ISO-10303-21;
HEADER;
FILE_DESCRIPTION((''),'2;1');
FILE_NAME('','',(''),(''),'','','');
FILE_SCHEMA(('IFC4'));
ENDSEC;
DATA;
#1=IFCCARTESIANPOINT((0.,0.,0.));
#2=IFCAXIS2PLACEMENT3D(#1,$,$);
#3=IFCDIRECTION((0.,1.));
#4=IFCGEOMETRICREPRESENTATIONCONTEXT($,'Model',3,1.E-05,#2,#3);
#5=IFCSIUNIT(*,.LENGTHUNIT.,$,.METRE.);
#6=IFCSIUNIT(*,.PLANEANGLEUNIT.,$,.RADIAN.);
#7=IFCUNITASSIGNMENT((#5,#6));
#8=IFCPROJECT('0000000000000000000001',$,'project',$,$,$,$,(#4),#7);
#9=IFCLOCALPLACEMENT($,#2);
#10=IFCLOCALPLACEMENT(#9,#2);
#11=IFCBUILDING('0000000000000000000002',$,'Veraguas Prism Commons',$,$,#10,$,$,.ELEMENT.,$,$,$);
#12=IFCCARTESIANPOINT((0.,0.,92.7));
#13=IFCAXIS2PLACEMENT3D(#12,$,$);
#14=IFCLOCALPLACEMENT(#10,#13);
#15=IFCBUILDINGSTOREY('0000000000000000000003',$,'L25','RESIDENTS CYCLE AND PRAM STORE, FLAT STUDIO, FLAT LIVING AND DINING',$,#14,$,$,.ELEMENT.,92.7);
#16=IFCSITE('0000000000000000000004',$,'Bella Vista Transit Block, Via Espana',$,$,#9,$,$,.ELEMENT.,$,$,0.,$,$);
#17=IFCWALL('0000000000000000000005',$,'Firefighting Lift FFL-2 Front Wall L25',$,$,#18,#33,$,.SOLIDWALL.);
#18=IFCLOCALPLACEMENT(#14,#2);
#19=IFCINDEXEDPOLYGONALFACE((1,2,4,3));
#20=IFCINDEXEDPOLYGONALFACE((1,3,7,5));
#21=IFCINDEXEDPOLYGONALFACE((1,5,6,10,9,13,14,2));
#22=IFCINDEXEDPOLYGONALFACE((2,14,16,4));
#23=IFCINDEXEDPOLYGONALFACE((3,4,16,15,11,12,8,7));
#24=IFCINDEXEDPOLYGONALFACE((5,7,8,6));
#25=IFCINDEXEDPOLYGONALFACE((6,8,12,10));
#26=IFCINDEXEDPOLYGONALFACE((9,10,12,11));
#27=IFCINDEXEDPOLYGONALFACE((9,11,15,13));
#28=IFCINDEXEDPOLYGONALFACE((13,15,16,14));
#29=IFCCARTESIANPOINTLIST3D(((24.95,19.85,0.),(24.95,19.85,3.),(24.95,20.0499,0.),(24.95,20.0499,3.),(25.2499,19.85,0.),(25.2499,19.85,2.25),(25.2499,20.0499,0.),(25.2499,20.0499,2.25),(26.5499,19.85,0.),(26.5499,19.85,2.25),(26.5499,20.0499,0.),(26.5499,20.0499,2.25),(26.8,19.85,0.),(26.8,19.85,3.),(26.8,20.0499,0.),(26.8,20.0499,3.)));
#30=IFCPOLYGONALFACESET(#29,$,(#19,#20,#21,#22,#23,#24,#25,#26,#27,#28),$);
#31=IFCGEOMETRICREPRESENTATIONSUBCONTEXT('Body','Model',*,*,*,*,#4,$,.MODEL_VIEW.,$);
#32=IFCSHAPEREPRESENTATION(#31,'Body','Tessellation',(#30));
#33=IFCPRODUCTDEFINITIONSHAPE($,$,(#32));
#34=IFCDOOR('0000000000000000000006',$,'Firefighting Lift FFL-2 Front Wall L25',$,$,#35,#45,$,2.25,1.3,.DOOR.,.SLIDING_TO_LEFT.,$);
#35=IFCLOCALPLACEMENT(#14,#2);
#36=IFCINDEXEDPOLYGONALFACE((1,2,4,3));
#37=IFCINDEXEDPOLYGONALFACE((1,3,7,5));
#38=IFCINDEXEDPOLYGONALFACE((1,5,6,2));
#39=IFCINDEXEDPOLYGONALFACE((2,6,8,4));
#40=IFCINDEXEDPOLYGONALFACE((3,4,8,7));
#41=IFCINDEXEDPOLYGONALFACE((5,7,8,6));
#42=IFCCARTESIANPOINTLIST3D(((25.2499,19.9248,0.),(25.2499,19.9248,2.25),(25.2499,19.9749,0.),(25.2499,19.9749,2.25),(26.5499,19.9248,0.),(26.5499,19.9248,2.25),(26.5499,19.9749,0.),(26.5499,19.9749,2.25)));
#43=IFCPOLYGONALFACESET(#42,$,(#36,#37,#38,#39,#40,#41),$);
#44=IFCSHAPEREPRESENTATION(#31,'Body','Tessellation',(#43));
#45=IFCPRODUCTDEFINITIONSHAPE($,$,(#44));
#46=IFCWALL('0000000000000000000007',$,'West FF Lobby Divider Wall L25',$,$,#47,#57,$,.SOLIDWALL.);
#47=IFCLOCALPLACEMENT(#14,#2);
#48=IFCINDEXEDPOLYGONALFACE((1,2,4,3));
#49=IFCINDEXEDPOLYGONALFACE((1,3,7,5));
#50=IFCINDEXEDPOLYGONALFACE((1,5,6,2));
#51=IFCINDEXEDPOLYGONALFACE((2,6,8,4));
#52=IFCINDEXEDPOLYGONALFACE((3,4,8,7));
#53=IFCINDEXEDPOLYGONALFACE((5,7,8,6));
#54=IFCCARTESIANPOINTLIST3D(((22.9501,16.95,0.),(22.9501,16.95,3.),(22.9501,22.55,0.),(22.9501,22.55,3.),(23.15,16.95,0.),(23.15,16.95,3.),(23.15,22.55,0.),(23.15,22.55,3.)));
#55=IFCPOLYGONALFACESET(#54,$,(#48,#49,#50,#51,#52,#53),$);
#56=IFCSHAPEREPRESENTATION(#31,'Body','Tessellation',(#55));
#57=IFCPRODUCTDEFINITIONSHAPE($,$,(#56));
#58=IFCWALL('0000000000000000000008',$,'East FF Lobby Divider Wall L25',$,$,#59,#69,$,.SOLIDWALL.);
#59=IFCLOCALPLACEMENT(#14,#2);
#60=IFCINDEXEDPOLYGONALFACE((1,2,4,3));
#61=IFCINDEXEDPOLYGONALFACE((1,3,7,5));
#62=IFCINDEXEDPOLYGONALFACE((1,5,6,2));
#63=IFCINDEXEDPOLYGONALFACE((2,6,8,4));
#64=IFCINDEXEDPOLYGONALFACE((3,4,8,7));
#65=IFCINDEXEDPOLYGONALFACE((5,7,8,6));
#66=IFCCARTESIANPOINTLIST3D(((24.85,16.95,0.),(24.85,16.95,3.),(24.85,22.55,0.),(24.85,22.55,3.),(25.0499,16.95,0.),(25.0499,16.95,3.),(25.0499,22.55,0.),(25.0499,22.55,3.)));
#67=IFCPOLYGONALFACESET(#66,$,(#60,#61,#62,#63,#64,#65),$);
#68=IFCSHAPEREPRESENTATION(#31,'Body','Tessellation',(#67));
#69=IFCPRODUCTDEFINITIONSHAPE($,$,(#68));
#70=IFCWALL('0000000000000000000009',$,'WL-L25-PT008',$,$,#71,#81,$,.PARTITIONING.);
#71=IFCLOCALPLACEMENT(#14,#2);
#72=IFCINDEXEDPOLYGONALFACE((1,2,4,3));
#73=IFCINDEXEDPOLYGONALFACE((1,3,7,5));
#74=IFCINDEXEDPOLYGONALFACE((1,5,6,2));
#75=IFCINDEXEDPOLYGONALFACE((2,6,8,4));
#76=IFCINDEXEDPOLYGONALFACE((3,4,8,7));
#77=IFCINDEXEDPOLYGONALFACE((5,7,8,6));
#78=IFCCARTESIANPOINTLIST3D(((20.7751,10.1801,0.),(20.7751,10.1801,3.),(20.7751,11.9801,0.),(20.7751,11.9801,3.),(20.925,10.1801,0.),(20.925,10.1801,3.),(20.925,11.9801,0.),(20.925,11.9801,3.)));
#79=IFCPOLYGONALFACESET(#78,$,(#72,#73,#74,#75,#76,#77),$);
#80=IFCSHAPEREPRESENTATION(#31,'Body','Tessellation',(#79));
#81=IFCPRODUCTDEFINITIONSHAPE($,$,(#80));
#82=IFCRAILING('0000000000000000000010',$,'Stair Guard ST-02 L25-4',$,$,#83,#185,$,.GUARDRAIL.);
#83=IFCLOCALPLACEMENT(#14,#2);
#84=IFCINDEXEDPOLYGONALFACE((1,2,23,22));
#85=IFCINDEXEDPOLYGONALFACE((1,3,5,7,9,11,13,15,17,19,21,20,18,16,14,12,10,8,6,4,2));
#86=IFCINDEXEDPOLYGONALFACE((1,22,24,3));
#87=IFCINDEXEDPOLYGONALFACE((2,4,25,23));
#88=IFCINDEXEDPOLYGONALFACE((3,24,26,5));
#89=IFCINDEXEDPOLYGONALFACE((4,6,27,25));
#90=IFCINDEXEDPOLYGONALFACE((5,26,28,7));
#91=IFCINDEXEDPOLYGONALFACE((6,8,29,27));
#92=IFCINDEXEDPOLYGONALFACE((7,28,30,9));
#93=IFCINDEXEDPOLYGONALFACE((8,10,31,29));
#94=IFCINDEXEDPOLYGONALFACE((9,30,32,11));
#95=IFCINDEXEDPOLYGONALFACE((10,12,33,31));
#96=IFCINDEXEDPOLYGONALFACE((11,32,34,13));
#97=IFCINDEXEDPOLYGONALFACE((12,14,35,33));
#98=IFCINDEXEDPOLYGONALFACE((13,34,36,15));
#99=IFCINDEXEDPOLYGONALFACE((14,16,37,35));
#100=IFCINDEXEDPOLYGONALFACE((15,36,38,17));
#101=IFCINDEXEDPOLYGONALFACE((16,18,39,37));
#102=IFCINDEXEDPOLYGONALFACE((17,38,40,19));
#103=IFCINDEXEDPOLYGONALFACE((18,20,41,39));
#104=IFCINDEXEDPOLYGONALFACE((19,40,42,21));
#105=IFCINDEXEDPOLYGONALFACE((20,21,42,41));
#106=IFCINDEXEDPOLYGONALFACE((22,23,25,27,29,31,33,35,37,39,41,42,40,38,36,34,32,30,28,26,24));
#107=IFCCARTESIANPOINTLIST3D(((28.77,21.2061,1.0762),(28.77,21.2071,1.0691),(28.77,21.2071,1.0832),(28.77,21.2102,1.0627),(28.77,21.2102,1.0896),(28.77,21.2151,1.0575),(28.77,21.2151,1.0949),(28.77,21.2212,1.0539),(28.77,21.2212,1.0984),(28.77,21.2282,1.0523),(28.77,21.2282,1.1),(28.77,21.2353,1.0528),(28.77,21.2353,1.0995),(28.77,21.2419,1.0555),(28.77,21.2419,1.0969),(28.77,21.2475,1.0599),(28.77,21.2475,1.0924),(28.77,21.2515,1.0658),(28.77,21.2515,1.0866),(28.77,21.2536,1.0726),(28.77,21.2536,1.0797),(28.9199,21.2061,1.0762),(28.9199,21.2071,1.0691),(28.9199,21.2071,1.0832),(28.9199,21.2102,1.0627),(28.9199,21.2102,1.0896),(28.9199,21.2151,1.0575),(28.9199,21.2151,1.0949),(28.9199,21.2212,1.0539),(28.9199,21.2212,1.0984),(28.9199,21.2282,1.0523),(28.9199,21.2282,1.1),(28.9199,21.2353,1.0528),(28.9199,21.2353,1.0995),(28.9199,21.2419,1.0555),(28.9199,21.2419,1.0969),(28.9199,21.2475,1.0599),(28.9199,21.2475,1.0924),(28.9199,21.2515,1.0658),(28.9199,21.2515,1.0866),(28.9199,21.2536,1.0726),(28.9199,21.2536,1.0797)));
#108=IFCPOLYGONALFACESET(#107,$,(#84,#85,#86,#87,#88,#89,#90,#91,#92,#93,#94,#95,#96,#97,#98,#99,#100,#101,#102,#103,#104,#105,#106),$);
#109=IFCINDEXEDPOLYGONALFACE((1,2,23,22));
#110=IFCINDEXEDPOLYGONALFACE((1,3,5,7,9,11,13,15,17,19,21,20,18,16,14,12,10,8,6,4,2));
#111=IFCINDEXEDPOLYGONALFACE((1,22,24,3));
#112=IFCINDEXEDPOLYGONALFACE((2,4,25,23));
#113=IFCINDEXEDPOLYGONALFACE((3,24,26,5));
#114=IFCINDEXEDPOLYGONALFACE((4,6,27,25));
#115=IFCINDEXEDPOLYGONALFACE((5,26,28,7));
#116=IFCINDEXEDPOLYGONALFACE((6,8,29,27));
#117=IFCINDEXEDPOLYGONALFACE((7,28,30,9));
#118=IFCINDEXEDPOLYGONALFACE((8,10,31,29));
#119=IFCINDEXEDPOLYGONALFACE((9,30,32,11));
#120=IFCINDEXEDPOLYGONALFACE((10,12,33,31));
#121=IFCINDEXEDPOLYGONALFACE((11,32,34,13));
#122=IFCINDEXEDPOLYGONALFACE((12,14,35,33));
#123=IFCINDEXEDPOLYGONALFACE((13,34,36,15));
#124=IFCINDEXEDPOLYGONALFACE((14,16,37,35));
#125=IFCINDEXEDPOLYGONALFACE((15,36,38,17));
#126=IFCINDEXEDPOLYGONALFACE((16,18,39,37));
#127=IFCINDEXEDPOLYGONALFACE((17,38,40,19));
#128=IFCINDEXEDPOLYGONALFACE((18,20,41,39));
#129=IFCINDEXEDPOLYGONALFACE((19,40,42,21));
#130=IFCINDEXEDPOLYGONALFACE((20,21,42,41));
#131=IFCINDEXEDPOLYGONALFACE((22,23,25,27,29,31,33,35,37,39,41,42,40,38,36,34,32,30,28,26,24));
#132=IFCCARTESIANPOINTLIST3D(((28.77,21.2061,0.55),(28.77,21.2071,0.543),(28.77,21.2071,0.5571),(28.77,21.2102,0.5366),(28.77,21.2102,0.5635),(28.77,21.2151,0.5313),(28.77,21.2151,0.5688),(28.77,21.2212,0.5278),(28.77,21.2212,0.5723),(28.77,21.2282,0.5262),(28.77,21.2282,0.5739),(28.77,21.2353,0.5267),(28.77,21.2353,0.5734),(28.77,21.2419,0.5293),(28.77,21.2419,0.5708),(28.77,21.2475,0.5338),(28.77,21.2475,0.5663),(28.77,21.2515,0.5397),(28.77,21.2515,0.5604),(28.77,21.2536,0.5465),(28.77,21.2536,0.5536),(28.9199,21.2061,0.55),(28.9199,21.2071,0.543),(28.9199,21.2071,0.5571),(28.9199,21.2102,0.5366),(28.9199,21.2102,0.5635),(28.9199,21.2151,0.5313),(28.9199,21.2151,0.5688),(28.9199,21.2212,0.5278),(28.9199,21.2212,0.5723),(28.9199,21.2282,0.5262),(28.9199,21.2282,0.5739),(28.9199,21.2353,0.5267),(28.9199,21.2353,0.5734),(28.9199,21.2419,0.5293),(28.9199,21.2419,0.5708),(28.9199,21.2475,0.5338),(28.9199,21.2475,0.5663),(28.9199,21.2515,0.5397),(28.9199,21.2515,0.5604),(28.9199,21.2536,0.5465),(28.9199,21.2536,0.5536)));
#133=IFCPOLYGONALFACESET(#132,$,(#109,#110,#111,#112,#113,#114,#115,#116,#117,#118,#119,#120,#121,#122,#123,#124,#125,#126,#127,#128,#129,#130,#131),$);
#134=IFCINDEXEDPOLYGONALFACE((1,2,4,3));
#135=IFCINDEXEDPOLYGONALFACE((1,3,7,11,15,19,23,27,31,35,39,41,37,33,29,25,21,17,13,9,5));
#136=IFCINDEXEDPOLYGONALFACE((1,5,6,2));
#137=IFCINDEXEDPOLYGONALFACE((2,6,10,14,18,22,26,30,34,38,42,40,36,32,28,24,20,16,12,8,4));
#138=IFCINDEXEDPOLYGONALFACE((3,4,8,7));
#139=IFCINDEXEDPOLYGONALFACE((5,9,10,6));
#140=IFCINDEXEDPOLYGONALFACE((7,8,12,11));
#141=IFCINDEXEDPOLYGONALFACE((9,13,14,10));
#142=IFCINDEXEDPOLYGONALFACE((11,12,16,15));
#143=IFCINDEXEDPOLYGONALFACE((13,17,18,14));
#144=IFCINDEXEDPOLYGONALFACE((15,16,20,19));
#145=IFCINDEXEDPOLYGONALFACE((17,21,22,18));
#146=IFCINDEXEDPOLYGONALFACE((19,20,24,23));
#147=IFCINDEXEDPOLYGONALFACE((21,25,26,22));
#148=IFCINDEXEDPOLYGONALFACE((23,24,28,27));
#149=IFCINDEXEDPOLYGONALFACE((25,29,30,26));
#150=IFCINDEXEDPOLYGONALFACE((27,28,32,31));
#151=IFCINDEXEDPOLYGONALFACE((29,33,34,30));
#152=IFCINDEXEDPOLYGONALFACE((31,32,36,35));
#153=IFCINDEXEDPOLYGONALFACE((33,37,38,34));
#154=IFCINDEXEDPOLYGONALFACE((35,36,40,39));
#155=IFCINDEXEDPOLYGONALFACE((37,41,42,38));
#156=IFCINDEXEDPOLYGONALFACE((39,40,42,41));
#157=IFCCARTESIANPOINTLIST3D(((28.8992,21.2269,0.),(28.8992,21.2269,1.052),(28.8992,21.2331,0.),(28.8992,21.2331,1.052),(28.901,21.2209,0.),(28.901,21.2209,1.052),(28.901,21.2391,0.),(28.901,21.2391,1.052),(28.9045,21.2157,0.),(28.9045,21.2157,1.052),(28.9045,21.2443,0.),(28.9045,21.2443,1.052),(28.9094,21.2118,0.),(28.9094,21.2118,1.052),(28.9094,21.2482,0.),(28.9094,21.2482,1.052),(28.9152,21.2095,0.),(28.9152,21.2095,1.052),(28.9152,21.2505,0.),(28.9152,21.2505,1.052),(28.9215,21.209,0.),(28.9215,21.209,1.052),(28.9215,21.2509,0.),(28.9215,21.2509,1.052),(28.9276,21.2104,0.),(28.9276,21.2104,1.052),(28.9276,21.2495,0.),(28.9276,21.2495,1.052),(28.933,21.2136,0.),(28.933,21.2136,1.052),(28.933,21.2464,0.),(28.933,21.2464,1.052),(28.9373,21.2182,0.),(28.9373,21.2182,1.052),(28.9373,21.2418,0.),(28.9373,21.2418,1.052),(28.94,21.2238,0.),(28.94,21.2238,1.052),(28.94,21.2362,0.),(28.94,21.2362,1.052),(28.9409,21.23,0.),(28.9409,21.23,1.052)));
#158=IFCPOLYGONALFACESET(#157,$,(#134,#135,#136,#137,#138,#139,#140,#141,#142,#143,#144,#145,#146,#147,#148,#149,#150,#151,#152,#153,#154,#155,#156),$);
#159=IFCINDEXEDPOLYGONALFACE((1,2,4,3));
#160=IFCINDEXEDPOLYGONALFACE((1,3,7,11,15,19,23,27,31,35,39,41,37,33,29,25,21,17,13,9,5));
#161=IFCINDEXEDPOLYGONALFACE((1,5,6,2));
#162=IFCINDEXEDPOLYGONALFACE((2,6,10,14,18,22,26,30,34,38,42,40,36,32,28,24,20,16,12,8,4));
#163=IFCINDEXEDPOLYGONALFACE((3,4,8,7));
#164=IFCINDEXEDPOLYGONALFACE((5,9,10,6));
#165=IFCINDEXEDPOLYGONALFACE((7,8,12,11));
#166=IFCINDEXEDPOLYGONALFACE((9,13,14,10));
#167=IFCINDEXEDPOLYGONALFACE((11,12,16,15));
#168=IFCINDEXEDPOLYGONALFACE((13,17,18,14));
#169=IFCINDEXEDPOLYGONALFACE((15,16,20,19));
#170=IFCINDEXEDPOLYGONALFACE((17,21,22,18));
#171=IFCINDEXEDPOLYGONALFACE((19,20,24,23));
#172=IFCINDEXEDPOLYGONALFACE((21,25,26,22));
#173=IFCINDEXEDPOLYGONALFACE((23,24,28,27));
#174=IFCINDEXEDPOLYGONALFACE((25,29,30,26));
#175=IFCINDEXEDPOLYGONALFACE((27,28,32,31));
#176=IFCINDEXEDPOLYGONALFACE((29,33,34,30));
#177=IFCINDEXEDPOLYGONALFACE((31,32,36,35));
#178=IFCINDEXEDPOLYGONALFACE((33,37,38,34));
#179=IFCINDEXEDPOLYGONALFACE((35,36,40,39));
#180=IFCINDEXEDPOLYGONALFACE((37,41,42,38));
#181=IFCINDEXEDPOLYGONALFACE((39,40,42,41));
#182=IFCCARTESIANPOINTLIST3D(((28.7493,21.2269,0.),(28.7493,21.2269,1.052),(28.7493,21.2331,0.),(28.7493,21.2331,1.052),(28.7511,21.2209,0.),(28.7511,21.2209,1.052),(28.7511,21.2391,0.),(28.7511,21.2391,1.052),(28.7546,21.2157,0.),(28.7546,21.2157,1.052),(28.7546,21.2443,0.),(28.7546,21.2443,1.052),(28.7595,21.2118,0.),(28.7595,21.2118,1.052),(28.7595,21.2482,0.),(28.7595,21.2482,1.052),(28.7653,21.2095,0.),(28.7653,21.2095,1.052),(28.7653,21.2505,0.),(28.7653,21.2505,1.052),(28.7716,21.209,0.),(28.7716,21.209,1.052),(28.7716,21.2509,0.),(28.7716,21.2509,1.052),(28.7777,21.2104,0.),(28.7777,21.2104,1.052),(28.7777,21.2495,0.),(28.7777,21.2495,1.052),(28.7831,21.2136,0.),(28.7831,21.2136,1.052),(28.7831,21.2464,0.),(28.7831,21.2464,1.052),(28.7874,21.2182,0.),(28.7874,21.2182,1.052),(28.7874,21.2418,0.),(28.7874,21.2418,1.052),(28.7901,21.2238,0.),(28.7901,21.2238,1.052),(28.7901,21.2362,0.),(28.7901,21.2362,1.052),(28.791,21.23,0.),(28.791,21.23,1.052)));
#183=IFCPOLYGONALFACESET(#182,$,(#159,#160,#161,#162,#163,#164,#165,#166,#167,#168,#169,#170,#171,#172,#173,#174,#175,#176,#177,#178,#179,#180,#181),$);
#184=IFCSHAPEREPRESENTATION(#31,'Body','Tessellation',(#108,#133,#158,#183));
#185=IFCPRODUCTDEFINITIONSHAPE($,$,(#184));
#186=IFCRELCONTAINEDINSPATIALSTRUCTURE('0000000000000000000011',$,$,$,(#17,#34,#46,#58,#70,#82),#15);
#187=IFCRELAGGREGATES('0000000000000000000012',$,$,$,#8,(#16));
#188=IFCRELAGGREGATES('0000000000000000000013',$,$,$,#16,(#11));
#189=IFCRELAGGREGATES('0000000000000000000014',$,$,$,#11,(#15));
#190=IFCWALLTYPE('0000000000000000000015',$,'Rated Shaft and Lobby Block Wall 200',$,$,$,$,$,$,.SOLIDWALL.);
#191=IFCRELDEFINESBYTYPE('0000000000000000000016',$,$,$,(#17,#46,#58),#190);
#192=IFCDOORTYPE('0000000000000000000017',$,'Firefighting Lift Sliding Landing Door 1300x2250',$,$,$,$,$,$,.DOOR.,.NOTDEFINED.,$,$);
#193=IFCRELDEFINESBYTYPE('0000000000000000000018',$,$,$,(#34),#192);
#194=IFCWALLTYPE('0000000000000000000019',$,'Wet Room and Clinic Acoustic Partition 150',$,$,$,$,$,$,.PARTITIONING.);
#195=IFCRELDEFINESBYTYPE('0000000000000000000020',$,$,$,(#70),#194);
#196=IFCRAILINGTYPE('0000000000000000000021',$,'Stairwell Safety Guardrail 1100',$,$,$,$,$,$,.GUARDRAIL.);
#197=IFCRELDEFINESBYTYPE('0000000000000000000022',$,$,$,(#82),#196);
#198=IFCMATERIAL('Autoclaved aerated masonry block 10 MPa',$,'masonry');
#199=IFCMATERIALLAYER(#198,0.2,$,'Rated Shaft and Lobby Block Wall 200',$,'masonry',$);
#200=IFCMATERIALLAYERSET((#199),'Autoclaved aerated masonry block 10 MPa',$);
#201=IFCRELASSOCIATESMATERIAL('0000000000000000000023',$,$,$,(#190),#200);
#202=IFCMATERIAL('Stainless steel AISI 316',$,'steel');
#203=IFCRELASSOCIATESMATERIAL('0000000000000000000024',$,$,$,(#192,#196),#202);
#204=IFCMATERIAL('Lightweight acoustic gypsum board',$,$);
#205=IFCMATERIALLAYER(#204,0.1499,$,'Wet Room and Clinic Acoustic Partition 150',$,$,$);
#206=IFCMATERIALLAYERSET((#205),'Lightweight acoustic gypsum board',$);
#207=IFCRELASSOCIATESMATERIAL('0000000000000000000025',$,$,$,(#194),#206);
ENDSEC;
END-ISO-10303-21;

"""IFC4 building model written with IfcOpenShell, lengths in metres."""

from ifc_helpers import new_model, si_unit, direction, frame, frame_2d, origin, origin_2d, place, context, subcontext, project, spatial, rectangle, circle, extrude, source, transform, mapped, material, layer, layer_set, type_object, element, fill, save


model = new_model("IFC4")

# Units and contexts
model_context = context("Model", 3, precision=1e-05, world=origin(), true_north=direction((0.0, 1.0)))
body_context = subcontext(model_context, "Body", "Model", "MODEL_VIEW")
ifc_project = project(units=[si_unit("LENGTHUNIT", "METRE"), si_unit("PLANEANGLEUNIT", "RADIAN")], contexts=[model_context])

# Site, building, storey
site_placement = place(None, origin())
site = spatial("IfcSite", under=ifc_project, at=site_placement, Name="Bella Vista Transit Block, Via Espana", CompositionType="ELEMENT", RefElevation=0.0)
building_placement = place(site_placement, origin())
building = spatial("IfcBuilding", under=site, at=building_placement, Name="Veraguas Prism Commons", CompositionType="ELEMENT")
storey_placement = place(building_placement, frame((0.0, 0.0, 92.7)))
storey = spatial("IfcBuildingStorey", under=building, at=storey_placement, Name="L25", Description="RESIDENTS CYCLE AND PRAM STORE, FLAT STUDIO, FLAT LIVING AND DINING", CompositionType="ELEMENT", Elevation=92.7)

# Shared definitions
ifc_material_1 = material(Name="Autoclaved aerated masonry block 10 MPa", Category="masonry")

# Wall, opening, door
ifc_material_2 = material(Name="Lightweight acoustic gypsum board")
ifc_layer_1 = layer(ifc_material_1, 0.2, Name="Rated Shaft and Lobby Block Wall 200", Category="masonry")
ifc_layer_set_1 = layer_set([ifc_layer_1], Name="Autoclaved aerated masonry block 10 MPa")
wall_type_1 = type_object("IfcWallType", Name="Rated Shaft and Lobby Block Wall 200", PredefinedType="SOLIDWALL", material=ifc_layer_set_1)
ifc_material_3 = material(Name="Stainless steel AISI 316", Category="steel")
door_type_1 = type_object("IfcDoorType", Name="Firefighting Lift Sliding Landing Door 1300x2250", OperationType="NOTDEFINED", PredefinedType="DOOR", material=ifc_material_3)
shared_shape_1 = source(origin(), body_context, "Body", "SweptSolid", [
    extrude(rectangle(XDim=1.3, YDim=2.25, at=frame_2d((0.6499, 1.125))), frame((0.0, 0.0249, 0.0), z_axis=(0.0, -1.0, 0.0), x_axis=(1.0, 0.0, 0.0)), (0.0, 0.0, 1.0), 0.05),
])
wall_1_placement = place(storey_placement, frame((24.95, 19.95, 0.0), z_axis=(0.0, 0.0, 1.0), x_axis=(1.0, 0.0, 0.0)))
wall_1 = element("IfcWall", 1, at=wall_1_placement, inside=storey, type_object=wall_type_1, Name="Firefighting Lift FFL-2 Front Wall L25", PredefinedType="SOLIDWALL", context=body_context, shape_type="SweptSolid", body=[
    extrude(rectangle(XDim=1.8501, YDim=0.2, at=frame_2d((0.925, 0.0))), origin(), (0.0, 0.0, 1.0), 3.0),
])
opening_1_placement = place(wall_1_placement, frame((0.3, 0.0, 0.0)))
opening_1 = element("IfcOpeningElement", 2, at=opening_1_placement, cuts=wall_1, PredefinedType="OPENING", context=body_context, shape_type="SweptSolid", body=[
    extrude(rectangle(XDim=1.3, YDim=2.25, at=frame_2d((0.6499, 1.125))), frame((0.0, 0.1099, 0.0), z_axis=(0.0, -1.0, 0.0), x_axis=(1.0, 0.0, 0.0)), (0.0, 0.0, 1.0), 0.22),
])
door_1_placement = place(opening_1_placement, origin())
door_1 = element("IfcDoor", 3, at=door_1_placement, inside=storey, type_object=door_type_1, Name="Firefighting Lift FFL-2 Front Wall L25", OperationType="SLIDING_TO_LEFT", OverallHeight=2.25, OverallWidth=1.3, PredefinedType="DOOR", context=body_context, shape_type="MappedRepresentation", body=[
    mapped(shared_shape_1, transform((0.0, 0.0, 0.0), scale=1.0)),
])
fill(opening_1, door_1)

# Walls
for number, where, z_axis, x_axis, name in (
    (4, (23.05, 16.95, 0.0), (0.0, 0.0, 1.0), (0.0, 1.0, 0.0), "West FF Lobby Divider Wall L25"),
    (5, (24.95, 16.95, 0.0), (0.0, 0.0, 1.0), (0.0, 1.0, 0.0), "East FF Lobby Divider Wall L25"),
):
    element("IfcWall", number, at=place(storey_placement, frame(where, z_axis=z_axis, x_axis=x_axis)), inside=storey, type_object=wall_type_1, Name=name, PredefinedType="SOLIDWALL", context=body_context, shape_type="SweptSolid", body=[
        extrude(rectangle(XDim=5.6001, YDim=0.2, at=frame_2d((2.8, 0.0))), origin(), (0.0, 0.0, 1.0), 3.0),
    ])
ifc_layer_2 = layer(ifc_material_2, 0.1499, Name="Wet Room and Clinic Acoustic Partition 150")
ifc_layer_set_2 = layer_set([ifc_layer_2], Name="Lightweight acoustic gypsum board")
wall_type_2 = type_object("IfcWallType", Name="Wet Room and Clinic Acoustic Partition 150", PredefinedType="PARTITIONING", material=ifc_layer_set_2)
wall_2_placement = place(storey_placement, frame((20.8501, 11.98, 0.0), z_axis=(0.0, 0.0, 1.0), x_axis=(0.0, -1.0, 0.0)))
element("IfcWall", 6, at=wall_2_placement, inside=storey, type_object=wall_type_2, Name="WL-L25-PT008", PredefinedType="PARTITIONING", context=body_context, shape_type="SweptSolid", body=[
    extrude(rectangle(XDim=1.8, YDim=0.1499, at=frame_2d((0.8999, 0.0))), origin(), (0.0, 0.0, 1.0), 3.0),
])

# Railing
railing_type = type_object("IfcRailingType", Name="Stairwell Safety Guardrail 1100", PredefinedType="GUARDRAIL", material=ifc_material_3)
railing_placement = place(storey_placement, frame((28.9199, 21.23, 0.0)))
element("IfcRailing", 7, at=railing_placement, inside=storey, type_object=railing_type, Name="Stair Guard ST-02 L25-4", PredefinedType="GUARDRAIL", context=body_context, shape_type="SweptSolid", body=[
    extrude(circle(Radius=0.0239, at=origin_2d()), frame((0.0, 0.0, 1.0762), z_axis=(-1.0, 0.0, 0.0), x_axis=(0.0, -1.0, 0.0)), (0.0, 0.0, 1.0), 0.1499),
    extrude(circle(Radius=0.0239, at=origin_2d()), frame((0.0, 0.0, 0.55), z_axis=(-1.0, 0.0, 0.0), x_axis=(0.0, -1.0, 0.0)), (0.0, 0.0, 1.0), 0.1499),
    extrude(circle(Radius=0.021, at=origin_2d()), origin(), (0.0, 0.0, 1.0), 1.052),
    extrude(circle(Radius=0.021, at=origin_2d()), frame((-0.1499, 0.0, 0.0)), (0.0, 0.0, 1.0), 1.052),
])

save(model, "model.ifc")
